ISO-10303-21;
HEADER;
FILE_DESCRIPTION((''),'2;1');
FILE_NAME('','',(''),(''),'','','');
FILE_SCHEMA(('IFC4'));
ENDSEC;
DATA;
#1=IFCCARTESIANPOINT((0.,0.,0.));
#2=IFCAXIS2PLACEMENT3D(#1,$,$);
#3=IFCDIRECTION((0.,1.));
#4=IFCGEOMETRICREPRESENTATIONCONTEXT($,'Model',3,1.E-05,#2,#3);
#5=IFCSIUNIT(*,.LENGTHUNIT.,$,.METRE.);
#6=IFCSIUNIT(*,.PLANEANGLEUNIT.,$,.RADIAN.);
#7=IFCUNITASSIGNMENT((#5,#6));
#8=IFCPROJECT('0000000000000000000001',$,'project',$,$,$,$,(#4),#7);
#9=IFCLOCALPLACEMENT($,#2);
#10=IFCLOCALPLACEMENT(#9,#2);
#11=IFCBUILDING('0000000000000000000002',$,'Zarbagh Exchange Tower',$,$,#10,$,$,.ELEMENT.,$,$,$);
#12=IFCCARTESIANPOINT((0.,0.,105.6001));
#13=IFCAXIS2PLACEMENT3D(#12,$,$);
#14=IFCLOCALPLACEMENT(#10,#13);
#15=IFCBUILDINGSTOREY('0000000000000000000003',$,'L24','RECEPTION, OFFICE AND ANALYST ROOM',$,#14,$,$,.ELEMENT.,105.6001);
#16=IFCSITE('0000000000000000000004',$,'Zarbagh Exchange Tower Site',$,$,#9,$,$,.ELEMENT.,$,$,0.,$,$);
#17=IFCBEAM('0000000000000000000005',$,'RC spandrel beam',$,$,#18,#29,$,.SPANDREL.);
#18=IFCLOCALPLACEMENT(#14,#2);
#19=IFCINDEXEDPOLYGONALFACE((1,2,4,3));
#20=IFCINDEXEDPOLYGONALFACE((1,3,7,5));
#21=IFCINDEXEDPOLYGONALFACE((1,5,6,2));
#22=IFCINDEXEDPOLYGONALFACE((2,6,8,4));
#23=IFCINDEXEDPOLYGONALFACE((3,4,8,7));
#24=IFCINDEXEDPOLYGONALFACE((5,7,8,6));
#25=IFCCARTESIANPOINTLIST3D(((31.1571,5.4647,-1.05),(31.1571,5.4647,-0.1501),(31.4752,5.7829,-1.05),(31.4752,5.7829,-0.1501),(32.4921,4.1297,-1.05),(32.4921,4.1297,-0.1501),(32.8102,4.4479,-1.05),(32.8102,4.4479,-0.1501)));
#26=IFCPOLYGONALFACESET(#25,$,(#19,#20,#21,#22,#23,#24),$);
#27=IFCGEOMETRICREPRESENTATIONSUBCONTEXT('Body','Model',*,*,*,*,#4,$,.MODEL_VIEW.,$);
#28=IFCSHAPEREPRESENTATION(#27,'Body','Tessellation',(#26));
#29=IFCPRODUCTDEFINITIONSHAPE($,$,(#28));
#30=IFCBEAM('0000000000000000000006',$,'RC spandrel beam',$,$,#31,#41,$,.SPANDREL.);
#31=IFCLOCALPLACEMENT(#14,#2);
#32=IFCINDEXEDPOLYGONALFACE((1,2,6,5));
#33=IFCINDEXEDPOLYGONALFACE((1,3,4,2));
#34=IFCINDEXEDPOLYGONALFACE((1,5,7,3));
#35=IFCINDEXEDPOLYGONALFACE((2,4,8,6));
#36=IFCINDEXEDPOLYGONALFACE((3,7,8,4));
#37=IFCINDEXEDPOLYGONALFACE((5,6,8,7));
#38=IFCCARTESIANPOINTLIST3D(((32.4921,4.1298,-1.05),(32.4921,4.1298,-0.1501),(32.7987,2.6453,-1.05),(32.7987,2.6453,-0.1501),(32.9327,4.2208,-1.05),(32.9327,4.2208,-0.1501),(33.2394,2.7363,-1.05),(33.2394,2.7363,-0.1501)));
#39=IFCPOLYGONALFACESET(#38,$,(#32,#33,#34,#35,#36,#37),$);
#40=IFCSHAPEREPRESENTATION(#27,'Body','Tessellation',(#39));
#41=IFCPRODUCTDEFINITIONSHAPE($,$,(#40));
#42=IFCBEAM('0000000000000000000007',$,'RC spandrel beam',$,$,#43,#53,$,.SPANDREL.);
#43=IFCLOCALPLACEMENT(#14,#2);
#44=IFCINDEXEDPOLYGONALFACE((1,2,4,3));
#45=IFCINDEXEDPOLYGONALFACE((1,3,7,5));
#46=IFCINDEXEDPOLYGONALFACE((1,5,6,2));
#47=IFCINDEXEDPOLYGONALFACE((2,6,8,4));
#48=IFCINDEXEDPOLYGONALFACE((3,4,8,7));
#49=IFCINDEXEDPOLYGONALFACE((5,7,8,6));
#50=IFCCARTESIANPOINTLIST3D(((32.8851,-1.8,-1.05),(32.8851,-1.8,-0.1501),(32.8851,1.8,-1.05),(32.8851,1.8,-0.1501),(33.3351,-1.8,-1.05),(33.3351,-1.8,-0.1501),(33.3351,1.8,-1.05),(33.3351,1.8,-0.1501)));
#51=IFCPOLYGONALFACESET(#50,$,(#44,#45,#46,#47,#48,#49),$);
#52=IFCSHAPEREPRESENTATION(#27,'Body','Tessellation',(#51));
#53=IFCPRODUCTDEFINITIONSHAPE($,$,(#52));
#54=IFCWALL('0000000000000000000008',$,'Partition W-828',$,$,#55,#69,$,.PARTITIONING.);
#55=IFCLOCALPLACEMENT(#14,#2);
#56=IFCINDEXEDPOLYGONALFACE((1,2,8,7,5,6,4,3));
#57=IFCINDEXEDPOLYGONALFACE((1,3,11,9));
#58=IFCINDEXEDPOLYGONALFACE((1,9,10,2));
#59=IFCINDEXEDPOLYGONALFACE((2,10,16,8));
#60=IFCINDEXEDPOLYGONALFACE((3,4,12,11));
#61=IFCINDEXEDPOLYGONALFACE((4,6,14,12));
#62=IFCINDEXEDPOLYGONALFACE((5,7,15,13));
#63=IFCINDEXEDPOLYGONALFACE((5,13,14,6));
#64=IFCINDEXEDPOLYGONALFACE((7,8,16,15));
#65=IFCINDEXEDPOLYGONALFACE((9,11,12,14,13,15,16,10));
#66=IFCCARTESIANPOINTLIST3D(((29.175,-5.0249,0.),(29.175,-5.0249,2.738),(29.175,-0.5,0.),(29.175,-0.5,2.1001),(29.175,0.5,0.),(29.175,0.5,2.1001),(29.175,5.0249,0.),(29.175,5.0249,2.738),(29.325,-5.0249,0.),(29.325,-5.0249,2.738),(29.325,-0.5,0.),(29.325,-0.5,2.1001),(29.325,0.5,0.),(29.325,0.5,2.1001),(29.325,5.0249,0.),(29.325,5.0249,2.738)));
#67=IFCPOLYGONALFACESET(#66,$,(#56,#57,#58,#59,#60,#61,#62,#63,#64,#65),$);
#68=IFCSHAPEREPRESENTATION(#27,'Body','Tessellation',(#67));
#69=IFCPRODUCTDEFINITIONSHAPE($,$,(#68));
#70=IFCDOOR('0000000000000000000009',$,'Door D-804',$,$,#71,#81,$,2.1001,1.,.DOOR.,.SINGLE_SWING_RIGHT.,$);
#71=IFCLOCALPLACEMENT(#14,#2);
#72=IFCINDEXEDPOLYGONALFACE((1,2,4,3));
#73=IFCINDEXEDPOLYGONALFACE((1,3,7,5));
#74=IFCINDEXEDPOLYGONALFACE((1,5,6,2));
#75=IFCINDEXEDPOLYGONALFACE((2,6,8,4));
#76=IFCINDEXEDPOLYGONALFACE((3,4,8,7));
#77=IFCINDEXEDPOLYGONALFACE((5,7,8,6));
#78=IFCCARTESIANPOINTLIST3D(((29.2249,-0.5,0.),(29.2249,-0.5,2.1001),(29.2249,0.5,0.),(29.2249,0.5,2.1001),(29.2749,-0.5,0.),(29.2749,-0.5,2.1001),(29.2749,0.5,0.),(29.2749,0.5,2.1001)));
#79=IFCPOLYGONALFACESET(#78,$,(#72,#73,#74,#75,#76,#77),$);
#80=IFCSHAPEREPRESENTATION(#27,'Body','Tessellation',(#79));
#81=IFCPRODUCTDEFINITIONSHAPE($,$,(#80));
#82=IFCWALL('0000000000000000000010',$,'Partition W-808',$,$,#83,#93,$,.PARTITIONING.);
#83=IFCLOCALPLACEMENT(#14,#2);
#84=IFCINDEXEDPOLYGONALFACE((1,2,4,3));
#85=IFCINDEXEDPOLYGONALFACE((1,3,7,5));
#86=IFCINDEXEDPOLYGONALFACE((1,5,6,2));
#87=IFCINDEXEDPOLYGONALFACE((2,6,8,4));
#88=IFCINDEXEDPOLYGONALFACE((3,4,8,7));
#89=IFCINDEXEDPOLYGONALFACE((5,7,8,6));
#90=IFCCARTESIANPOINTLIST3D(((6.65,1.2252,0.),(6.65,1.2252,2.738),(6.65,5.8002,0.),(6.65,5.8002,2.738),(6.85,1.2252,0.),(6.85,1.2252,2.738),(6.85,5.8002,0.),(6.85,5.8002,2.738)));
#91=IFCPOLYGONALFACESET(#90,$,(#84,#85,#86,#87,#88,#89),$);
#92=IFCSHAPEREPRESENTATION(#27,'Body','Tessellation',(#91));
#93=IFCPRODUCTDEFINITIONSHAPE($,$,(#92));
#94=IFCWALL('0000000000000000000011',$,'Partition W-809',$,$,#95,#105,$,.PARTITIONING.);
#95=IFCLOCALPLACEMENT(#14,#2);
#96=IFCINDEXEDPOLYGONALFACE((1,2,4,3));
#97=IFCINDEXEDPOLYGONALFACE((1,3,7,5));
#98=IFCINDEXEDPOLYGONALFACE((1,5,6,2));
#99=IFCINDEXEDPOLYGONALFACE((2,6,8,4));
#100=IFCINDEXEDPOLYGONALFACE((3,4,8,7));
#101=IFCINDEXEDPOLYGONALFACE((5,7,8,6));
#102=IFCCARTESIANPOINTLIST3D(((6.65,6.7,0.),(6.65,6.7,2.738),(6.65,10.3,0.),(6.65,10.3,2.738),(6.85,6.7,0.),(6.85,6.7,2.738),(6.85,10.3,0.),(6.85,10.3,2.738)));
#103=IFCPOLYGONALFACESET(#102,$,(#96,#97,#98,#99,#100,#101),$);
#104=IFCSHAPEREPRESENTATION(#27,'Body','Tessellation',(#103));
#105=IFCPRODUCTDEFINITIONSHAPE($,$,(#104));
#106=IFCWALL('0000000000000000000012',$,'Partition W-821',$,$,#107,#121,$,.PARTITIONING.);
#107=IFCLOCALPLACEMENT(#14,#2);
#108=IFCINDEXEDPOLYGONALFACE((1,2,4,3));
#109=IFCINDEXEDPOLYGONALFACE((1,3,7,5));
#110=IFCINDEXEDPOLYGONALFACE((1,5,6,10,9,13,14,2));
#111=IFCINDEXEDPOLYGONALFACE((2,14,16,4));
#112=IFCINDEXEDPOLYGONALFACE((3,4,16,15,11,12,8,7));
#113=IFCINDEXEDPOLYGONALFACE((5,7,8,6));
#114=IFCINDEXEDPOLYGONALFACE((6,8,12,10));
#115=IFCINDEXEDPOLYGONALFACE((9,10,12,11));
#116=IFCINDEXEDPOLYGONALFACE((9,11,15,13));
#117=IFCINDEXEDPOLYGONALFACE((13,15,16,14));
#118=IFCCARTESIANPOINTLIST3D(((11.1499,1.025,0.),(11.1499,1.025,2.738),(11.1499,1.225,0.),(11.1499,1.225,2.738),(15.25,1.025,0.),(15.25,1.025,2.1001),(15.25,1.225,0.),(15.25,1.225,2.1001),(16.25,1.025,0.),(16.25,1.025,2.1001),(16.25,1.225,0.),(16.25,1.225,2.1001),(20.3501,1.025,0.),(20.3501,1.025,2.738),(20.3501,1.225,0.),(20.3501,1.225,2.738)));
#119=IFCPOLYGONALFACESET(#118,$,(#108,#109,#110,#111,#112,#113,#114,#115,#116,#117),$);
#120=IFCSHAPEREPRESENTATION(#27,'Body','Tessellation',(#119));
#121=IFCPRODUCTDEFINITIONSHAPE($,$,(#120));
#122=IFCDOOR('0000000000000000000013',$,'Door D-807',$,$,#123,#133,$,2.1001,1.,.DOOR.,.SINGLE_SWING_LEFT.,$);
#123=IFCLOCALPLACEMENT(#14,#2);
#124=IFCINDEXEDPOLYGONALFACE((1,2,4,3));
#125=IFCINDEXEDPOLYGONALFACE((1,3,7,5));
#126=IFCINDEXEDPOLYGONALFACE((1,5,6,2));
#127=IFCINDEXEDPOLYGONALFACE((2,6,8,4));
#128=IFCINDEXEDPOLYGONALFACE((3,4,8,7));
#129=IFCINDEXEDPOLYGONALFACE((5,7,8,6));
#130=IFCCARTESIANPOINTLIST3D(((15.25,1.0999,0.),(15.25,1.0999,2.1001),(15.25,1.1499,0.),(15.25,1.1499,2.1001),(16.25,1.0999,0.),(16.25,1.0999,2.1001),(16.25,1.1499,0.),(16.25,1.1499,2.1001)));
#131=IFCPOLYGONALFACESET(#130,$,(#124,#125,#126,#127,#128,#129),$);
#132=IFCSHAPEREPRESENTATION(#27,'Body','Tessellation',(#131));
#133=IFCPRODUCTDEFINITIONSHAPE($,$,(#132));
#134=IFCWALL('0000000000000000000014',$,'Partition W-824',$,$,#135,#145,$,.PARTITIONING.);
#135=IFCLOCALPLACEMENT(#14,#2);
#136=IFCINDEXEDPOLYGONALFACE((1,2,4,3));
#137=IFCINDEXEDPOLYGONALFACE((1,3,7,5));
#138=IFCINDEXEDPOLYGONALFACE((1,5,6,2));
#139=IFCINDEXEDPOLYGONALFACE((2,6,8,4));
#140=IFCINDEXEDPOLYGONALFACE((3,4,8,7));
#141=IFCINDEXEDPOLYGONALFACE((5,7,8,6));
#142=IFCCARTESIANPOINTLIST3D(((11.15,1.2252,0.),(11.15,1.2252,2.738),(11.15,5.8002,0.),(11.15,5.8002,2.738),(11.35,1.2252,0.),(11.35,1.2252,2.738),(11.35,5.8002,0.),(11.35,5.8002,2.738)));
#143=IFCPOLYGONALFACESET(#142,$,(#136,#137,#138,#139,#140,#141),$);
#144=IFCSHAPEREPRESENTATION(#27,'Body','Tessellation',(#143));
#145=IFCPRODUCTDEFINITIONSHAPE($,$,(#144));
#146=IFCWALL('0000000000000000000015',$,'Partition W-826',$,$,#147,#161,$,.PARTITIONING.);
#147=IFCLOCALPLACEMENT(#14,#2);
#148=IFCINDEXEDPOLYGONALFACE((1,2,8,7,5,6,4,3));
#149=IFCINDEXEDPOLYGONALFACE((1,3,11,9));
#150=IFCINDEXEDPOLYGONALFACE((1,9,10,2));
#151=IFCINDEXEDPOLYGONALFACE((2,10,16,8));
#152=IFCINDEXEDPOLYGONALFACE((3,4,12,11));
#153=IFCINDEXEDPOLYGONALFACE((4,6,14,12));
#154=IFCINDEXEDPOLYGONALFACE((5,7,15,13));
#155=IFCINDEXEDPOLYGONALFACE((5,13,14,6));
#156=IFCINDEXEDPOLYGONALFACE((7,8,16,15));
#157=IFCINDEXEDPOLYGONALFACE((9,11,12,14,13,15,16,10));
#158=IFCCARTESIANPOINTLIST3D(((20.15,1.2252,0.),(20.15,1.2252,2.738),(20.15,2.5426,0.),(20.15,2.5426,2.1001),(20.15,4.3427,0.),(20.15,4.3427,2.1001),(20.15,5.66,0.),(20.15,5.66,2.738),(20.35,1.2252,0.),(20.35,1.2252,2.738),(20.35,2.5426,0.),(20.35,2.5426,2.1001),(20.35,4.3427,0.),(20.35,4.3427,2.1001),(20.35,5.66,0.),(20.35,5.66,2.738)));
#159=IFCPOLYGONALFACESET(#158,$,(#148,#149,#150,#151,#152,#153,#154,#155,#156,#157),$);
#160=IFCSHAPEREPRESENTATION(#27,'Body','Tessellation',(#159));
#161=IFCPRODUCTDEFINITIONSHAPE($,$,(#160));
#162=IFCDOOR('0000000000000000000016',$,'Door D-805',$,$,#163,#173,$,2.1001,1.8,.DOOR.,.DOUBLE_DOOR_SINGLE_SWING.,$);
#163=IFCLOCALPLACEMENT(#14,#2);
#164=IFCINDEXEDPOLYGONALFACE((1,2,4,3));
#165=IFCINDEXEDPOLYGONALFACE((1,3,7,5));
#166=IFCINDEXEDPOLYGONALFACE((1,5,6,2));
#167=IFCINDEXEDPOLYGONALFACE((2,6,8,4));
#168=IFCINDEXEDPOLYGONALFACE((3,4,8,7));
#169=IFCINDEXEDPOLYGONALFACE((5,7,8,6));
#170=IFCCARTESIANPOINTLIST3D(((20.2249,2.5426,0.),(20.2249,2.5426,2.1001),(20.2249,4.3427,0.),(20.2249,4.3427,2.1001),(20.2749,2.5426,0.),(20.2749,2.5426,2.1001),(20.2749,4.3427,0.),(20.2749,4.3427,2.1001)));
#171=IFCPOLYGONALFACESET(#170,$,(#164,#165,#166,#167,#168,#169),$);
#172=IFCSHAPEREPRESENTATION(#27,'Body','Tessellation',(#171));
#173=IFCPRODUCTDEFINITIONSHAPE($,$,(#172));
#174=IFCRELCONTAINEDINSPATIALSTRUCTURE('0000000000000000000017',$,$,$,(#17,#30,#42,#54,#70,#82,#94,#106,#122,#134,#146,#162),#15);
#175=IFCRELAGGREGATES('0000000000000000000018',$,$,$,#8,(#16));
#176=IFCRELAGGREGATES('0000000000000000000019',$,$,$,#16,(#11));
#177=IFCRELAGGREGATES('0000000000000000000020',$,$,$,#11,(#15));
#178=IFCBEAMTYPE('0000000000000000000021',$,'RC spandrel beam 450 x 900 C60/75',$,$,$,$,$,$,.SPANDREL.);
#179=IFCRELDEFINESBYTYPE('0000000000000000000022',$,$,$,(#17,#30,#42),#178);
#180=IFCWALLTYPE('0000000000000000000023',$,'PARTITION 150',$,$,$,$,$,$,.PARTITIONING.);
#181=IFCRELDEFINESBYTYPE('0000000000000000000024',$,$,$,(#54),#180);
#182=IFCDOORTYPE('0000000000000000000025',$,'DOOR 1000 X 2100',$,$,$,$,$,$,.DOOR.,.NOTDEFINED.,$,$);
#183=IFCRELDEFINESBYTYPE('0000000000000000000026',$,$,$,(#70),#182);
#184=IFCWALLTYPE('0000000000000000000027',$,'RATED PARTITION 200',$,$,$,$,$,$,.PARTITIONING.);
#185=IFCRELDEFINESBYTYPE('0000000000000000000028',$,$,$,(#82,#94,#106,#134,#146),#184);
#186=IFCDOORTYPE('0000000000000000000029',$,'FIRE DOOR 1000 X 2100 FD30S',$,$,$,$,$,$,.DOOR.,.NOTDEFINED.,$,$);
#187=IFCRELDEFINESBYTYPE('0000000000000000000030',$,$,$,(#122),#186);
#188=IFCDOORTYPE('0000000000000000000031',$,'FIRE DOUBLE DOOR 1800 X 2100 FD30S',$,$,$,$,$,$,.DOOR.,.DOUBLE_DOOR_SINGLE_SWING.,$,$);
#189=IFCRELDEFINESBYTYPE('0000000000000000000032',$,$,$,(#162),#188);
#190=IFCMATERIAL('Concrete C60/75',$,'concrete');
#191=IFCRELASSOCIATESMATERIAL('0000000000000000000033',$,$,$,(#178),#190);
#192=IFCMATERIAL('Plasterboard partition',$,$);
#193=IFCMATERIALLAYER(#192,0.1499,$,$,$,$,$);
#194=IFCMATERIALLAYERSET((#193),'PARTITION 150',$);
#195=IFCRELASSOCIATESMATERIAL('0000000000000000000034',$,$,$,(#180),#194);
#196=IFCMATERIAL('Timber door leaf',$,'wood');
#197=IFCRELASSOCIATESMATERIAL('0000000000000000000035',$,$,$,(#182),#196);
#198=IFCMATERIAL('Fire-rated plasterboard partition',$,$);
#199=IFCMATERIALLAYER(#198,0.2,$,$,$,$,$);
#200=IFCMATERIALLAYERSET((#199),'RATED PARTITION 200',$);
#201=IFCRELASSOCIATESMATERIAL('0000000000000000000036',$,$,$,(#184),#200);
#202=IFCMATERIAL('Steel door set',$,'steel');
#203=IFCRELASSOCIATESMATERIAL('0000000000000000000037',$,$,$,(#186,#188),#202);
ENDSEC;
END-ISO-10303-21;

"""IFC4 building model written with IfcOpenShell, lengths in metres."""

from ifc_helpers import new_model, si_unit, direction, frame, frame_2d, origin, origin_2d, place, context, subcontext, project, spatial, rectangle, extrude, material, layer, layer_set, material_profile, profile_set, type_object, element, fill, save


model = new_model("IFC4")

# Units and contexts
model_context = context("Model", 3, precision=1e-05, world=origin(), true_north=direction((0.0, 1.0)))
body_context = subcontext(model_context, "Body", "Model", "MODEL_VIEW")
ifc_project = project(units=[si_unit("LENGTHUNIT", "METRE"), si_unit("PLANEANGLEUNIT", "RADIAN")], contexts=[model_context])

# Site, building, storey
site_placement = place(None, origin())
site = spatial("IfcSite", under=ifc_project, at=site_placement, Name="Zarbagh Exchange Tower Site", CompositionType="ELEMENT", RefElevation=0.0)
building_placement = place(site_placement, origin())
building = spatial("IfcBuilding", under=site, at=building_placement, Name="Zarbagh Exchange Tower", CompositionType="ELEMENT")
storey_placement = place(building_placement, frame((0.0, 0.0, 105.6001)))
storey = spatial("IfcBuildingStorey", under=building, at=storey_placement, Name="L24", Description="RECEPTION, OFFICE AND ANALYST ROOM", CompositionType="ELEMENT", Elevation=105.6001)

# Shared definitions
ifc_material_1 = material(Name="Concrete C60/75", Category="concrete")

# Beams
ifc_material_profile_1 = material_profile(ifc_material_1, rectangle(XDim=0.45, YDim=0.8999, at=origin_2d()), Name="RC spandrel beam 450 x 900 C60/75")
ifc_profile_set_1 = profile_set([ifc_material_profile_1], Name="Concrete C60/75")
beam_type_1 = type_object("IfcBeamType", Name="RC spandrel beam 450 x 900 C60/75", PredefinedType="SPANDREL", material=ifc_profile_set_1)
beam_1_placement = place(storey_placement, frame((31.3162, 5.6238, -0.6001), z_axis=(0.707107, -0.707107, 0.0), x_axis=(0.707107, 0.707107, 0.0)))
element("IfcBeam", 1, at=beam_1_placement, inside=storey, type_object=beam_type_1, Name="RC spandrel beam", PredefinedType="SPANDREL", context=body_context, shape_type="SweptSolid", body=[
    extrude(rectangle(XDim=0.45, YDim=0.8999, at=origin_2d()), origin(), (0.0, 0.0, 1.0), 1.8879),
])
beam_2_placement = place(storey_placement, frame((32.7124, 4.1753, -0.6001), z_axis=(0.202275, -0.979329, 0.0), x_axis=(0.979329, 0.202275, 0.0)))
element("IfcBeam", 2, at=beam_2_placement, inside=storey, type_object=beam_type_1, Name="RC spandrel beam", PredefinedType="SPANDREL", context=body_context, shape_type="SweptSolid", body=[
    extrude(rectangle(XDim=0.45, YDim=0.8999, at=origin_2d()), origin(), (0.0, 0.0, 1.0), 1.5159),
])
beam_3_placement = place(storey_placement, frame((33.1101, 1.8, -0.6001), z_axis=(0.0, -1.0, 0.0), x_axis=(1.0, 0.0, 0.0)))
element("IfcBeam", 3, at=beam_3_placement, inside=storey, type_object=beam_type_1, Name="RC spandrel beam", PredefinedType="SPANDREL", context=body_context, shape_type="SweptSolid", body=[
    extrude(rectangle(XDim=0.45, YDim=0.8999, at=origin_2d()), origin(), (0.0, 0.0, 1.0), 3.6001),
])

# Wall, opening, door
ifc_material_2 = material(Name="Plasterboard partition")
ifc_layer_1 = layer(ifc_material_2, 0.1499)
ifc_layer_set_1 = layer_set([ifc_layer_1], Name="PARTITION 150")
wall_type_1 = type_object("IfcWallType", Name="PARTITION 150", PredefinedType="PARTITIONING", material=ifc_layer_set_1)
wall_1_placement = place(storey_placement, frame((29.25, 5.0249, 0.0), z_axis=(0.0, 0.0, 1.0), x_axis=(0.0, -1.0, 0.0)))
wall_1 = element("IfcWall", 4, at=wall_1_placement, inside=storey, type_object=wall_type_1, Name="Partition W-828", PredefinedType="PARTITIONING", context=body_context, shape_type="SweptSolid", body=[
    extrude(rectangle(XDim=10.0498, YDim=0.1499, at=frame_2d((5.0249, 0.0))), origin(), (0.0, 0.0, 1.0), 2.738),
])
opening_1_placement = place(wall_1_placement, frame((4.5249, 0.0, 0.0)))
opening_1 = element("IfcOpeningElement", 5, at=opening_1_placement, cuts=wall_1, PredefinedType="OPENING", context=body_context, shape_type="SweptSolid", body=[
    extrude(rectangle(XDim=1.0, YDim=2.1001, at=frame_2d((0.5, 1.05))), frame((0.0, 0.085, 0.0), z_axis=(0.0, -1.0, 0.0), x_axis=(1.0, 0.0, 0.0)), (0.0, 0.0, 1.0), 0.1699),
])
ifc_material_3 = material(Name="Timber door leaf", Category="wood")
door_type_1 = type_object("IfcDoorType", Name="DOOR 1000 X 2100", OperationType="NOTDEFINED", PredefinedType="DOOR", material=ifc_material_3)
door_1_placement = place(opening_1_placement, origin())
door_1 = element("IfcDoor", 6, at=door_1_placement, inside=storey, type_object=door_type_1, Name="Door D-804", OperationType="SINGLE_SWING_RIGHT", OverallHeight=2.1001, OverallWidth=1.0, PredefinedType="DOOR", context=body_context, shape_type="SweptSolid", body=[
    extrude(rectangle(XDim=1.0, YDim=2.1001, at=frame_2d((0.5, 1.05))), frame((0.0, 0.0249, 0.0), z_axis=(0.0, -1.0, 0.0), x_axis=(1.0, 0.0, 0.0)), (0.0, 0.0, 1.0), 0.05),
])
fill(opening_1, door_1)

# Walls
ifc_material_4 = material(Name="Fire-rated plasterboard partition")
ifc_layer_2 = layer(ifc_material_4, 0.2)
ifc_layer_set_2 = layer_set([ifc_layer_2], Name="RATED PARTITION 200")
wall_type_2 = type_object("IfcWallType", Name="RATED PARTITION 200", PredefinedType="PARTITIONING", material=ifc_layer_set_2)
wall_2_placement = place(storey_placement, frame((6.75, 1.2251, 0.0), z_axis=(0.0, 0.0, 1.0), x_axis=(0.0, 1.0, 0.0)))
element("IfcWall", 7, at=wall_2_placement, inside=storey, type_object=wall_type_2, Name="Partition W-808", PredefinedType="PARTITIONING", context=body_context, shape_type="SweptSolid", body=[
    extrude(rectangle(XDim=4.575, YDim=0.2, at=frame_2d((2.2876, 0.0))), origin(), (0.0, 0.0, 1.0), 2.738),
])
wall_3_placement = place(storey_placement, frame((6.75, 6.7, 0.0), z_axis=(0.0, 0.0, 1.0), x_axis=(0.0, 1.0, 0.0)))
element("IfcWall", 8, at=wall_3_placement, inside=storey, type_object=wall_type_2, Name="Partition W-809", PredefinedType="PARTITIONING", context=body_context, shape_type="SweptSolid", body=[
    extrude(rectangle(XDim=3.6001, YDim=0.2, at=frame_2d((1.8, 0.0))), origin(), (0.0, 0.0, 1.0), 2.738),
])

# Wall, opening, door
wall_4_placement = place(storey_placement, frame((11.1499, 1.125, 0.0), z_axis=(0.0, 0.0, 1.0), x_axis=(1.0, 0.0, 0.0)))
wall_4 = element("IfcWall", 9, at=wall_4_placement, inside=storey, type_object=wall_type_2, Name="Partition W-821", PredefinedType="PARTITIONING", context=body_context, shape_type="SweptSolid", body=[
    extrude(rectangle(XDim=9.2002, YDim=0.2, at=frame_2d((4.6001, 0.0))), origin(), (0.0, 0.0, 1.0), 2.738),
])
opening_2_placement = place(wall_4_placement, frame((4.1001, 0.0, 0.0)))
opening_2 = element("IfcOpeningElement", 10, at=opening_2_placement, cuts=wall_4, PredefinedType="OPENING", context=body_context, shape_type="SweptSolid", body=[
    extrude(rectangle(XDim=1.0, YDim=2.1001, at=frame_2d((0.5, 1.05))), frame((0.0, 0.1099, 0.0), z_axis=(0.0, -1.0, 0.0), x_axis=(1.0, 0.0, 0.0)), (0.0, 0.0, 1.0), 0.22),
])
ifc_material_5 = material(Name="Steel door set", Category="steel")
door_type_2 = type_object("IfcDoorType", Name="FIRE DOOR 1000 X 2100 FD30S", OperationType="NOTDEFINED", PredefinedType="DOOR", material=ifc_material_5)
door_2_placement = place(opening_2_placement, origin())
door_2 = element("IfcDoor", 11, at=door_2_placement, inside=storey, type_object=door_type_2, Name="Door D-807", OperationType="SINGLE_SWING_LEFT", OverallHeight=2.1001, OverallWidth=1.0, PredefinedType="DOOR", context=body_context, shape_type="SweptSolid", body=[
    extrude(rectangle(XDim=1.0, YDim=2.1001, at=frame_2d((0.5, 1.05))), frame((0.0, 0.0249, 0.0), z_axis=(0.0, -1.0, 0.0), x_axis=(1.0, 0.0, 0.0)), (0.0, 0.0, 1.0), 0.05),
])
fill(opening_2, door_2)

# Wall
wall_5_placement = place(storey_placement, frame((11.25, 1.2251, 0.0), z_axis=(0.0, 0.0, 1.0), x_axis=(0.0, 1.0, 0.0)))
element("IfcWall", 12, at=wall_5_placement, inside=storey, type_object=wall_type_2, Name="Partition W-824", PredefinedType="PARTITIONING", context=body_context, shape_type="SweptSolid", body=[
    extrude(rectangle(XDim=4.575, YDim=0.2, at=frame_2d((2.2876, 0.0))), origin(), (0.0, 0.0, 1.0), 2.738),
])

# Wall, opening, door
wall_6_placement = place(storey_placement, frame((20.25, 5.6599, 0.0), z_axis=(0.0, 0.0, 1.0), x_axis=(0.0, -1.0, 0.0)))
wall_6 = element("IfcWall", 13, at=wall_6_placement, inside=storey, type_object=wall_type_2, Name="Partition W-826", PredefinedType="PARTITIONING", context=body_context, shape_type="SweptSolid", body=[
    extrude(rectangle(XDim=4.4348, YDim=0.2, at=frame_2d((2.2173, 0.0))), origin(), (0.0, 0.0, 1.0), 2.738),
])
opening_3_placement = place(wall_6_placement, frame((1.3174, 0.0, 0.0)))
opening_3 = element("IfcOpeningElement", 14, at=opening_3_placement, cuts=wall_6, PredefinedType="OPENING", context=body_context, shape_type="SweptSolid", body=[
    extrude(rectangle(XDim=1.8, YDim=2.1001, at=frame_2d((0.8999, 1.05))), frame((0.0, 0.1099, 0.0), z_axis=(0.0, -1.0, 0.0), x_axis=(1.0, 0.0, 0.0)), (0.0, 0.0, 1.0), 0.22),
])
door_type_3 = type_object("IfcDoorType", Name="FIRE DOUBLE DOOR 1800 X 2100 FD30S", OperationType="DOUBLE_DOOR_SINGLE_SWING", PredefinedType="DOOR", material=ifc_material_5)
door_3_placement = place(opening_3_placement, origin())
door_3 = element("IfcDoor", 15, at=door_3_placement, inside=storey, type_object=door_type_3, Name="Door D-805", OperationType="DOUBLE_DOOR_SINGLE_SWING", OverallHeight=2.1001, OverallWidth=1.8, PredefinedType="DOOR", context=body_context, shape_type="SweptSolid", body=[
    extrude(rectangle(XDim=1.8, YDim=2.1001, at=frame_2d((0.8999, 1.05))), frame((0.0, 0.0249, 0.0), z_axis=(0.0, -1.0, 0.0), x_axis=(1.0, 0.0, 0.0)), (0.0, 0.0, 1.0), 0.05),
])
fill(opening_3, door_3)

save(model, "model.ifc")
